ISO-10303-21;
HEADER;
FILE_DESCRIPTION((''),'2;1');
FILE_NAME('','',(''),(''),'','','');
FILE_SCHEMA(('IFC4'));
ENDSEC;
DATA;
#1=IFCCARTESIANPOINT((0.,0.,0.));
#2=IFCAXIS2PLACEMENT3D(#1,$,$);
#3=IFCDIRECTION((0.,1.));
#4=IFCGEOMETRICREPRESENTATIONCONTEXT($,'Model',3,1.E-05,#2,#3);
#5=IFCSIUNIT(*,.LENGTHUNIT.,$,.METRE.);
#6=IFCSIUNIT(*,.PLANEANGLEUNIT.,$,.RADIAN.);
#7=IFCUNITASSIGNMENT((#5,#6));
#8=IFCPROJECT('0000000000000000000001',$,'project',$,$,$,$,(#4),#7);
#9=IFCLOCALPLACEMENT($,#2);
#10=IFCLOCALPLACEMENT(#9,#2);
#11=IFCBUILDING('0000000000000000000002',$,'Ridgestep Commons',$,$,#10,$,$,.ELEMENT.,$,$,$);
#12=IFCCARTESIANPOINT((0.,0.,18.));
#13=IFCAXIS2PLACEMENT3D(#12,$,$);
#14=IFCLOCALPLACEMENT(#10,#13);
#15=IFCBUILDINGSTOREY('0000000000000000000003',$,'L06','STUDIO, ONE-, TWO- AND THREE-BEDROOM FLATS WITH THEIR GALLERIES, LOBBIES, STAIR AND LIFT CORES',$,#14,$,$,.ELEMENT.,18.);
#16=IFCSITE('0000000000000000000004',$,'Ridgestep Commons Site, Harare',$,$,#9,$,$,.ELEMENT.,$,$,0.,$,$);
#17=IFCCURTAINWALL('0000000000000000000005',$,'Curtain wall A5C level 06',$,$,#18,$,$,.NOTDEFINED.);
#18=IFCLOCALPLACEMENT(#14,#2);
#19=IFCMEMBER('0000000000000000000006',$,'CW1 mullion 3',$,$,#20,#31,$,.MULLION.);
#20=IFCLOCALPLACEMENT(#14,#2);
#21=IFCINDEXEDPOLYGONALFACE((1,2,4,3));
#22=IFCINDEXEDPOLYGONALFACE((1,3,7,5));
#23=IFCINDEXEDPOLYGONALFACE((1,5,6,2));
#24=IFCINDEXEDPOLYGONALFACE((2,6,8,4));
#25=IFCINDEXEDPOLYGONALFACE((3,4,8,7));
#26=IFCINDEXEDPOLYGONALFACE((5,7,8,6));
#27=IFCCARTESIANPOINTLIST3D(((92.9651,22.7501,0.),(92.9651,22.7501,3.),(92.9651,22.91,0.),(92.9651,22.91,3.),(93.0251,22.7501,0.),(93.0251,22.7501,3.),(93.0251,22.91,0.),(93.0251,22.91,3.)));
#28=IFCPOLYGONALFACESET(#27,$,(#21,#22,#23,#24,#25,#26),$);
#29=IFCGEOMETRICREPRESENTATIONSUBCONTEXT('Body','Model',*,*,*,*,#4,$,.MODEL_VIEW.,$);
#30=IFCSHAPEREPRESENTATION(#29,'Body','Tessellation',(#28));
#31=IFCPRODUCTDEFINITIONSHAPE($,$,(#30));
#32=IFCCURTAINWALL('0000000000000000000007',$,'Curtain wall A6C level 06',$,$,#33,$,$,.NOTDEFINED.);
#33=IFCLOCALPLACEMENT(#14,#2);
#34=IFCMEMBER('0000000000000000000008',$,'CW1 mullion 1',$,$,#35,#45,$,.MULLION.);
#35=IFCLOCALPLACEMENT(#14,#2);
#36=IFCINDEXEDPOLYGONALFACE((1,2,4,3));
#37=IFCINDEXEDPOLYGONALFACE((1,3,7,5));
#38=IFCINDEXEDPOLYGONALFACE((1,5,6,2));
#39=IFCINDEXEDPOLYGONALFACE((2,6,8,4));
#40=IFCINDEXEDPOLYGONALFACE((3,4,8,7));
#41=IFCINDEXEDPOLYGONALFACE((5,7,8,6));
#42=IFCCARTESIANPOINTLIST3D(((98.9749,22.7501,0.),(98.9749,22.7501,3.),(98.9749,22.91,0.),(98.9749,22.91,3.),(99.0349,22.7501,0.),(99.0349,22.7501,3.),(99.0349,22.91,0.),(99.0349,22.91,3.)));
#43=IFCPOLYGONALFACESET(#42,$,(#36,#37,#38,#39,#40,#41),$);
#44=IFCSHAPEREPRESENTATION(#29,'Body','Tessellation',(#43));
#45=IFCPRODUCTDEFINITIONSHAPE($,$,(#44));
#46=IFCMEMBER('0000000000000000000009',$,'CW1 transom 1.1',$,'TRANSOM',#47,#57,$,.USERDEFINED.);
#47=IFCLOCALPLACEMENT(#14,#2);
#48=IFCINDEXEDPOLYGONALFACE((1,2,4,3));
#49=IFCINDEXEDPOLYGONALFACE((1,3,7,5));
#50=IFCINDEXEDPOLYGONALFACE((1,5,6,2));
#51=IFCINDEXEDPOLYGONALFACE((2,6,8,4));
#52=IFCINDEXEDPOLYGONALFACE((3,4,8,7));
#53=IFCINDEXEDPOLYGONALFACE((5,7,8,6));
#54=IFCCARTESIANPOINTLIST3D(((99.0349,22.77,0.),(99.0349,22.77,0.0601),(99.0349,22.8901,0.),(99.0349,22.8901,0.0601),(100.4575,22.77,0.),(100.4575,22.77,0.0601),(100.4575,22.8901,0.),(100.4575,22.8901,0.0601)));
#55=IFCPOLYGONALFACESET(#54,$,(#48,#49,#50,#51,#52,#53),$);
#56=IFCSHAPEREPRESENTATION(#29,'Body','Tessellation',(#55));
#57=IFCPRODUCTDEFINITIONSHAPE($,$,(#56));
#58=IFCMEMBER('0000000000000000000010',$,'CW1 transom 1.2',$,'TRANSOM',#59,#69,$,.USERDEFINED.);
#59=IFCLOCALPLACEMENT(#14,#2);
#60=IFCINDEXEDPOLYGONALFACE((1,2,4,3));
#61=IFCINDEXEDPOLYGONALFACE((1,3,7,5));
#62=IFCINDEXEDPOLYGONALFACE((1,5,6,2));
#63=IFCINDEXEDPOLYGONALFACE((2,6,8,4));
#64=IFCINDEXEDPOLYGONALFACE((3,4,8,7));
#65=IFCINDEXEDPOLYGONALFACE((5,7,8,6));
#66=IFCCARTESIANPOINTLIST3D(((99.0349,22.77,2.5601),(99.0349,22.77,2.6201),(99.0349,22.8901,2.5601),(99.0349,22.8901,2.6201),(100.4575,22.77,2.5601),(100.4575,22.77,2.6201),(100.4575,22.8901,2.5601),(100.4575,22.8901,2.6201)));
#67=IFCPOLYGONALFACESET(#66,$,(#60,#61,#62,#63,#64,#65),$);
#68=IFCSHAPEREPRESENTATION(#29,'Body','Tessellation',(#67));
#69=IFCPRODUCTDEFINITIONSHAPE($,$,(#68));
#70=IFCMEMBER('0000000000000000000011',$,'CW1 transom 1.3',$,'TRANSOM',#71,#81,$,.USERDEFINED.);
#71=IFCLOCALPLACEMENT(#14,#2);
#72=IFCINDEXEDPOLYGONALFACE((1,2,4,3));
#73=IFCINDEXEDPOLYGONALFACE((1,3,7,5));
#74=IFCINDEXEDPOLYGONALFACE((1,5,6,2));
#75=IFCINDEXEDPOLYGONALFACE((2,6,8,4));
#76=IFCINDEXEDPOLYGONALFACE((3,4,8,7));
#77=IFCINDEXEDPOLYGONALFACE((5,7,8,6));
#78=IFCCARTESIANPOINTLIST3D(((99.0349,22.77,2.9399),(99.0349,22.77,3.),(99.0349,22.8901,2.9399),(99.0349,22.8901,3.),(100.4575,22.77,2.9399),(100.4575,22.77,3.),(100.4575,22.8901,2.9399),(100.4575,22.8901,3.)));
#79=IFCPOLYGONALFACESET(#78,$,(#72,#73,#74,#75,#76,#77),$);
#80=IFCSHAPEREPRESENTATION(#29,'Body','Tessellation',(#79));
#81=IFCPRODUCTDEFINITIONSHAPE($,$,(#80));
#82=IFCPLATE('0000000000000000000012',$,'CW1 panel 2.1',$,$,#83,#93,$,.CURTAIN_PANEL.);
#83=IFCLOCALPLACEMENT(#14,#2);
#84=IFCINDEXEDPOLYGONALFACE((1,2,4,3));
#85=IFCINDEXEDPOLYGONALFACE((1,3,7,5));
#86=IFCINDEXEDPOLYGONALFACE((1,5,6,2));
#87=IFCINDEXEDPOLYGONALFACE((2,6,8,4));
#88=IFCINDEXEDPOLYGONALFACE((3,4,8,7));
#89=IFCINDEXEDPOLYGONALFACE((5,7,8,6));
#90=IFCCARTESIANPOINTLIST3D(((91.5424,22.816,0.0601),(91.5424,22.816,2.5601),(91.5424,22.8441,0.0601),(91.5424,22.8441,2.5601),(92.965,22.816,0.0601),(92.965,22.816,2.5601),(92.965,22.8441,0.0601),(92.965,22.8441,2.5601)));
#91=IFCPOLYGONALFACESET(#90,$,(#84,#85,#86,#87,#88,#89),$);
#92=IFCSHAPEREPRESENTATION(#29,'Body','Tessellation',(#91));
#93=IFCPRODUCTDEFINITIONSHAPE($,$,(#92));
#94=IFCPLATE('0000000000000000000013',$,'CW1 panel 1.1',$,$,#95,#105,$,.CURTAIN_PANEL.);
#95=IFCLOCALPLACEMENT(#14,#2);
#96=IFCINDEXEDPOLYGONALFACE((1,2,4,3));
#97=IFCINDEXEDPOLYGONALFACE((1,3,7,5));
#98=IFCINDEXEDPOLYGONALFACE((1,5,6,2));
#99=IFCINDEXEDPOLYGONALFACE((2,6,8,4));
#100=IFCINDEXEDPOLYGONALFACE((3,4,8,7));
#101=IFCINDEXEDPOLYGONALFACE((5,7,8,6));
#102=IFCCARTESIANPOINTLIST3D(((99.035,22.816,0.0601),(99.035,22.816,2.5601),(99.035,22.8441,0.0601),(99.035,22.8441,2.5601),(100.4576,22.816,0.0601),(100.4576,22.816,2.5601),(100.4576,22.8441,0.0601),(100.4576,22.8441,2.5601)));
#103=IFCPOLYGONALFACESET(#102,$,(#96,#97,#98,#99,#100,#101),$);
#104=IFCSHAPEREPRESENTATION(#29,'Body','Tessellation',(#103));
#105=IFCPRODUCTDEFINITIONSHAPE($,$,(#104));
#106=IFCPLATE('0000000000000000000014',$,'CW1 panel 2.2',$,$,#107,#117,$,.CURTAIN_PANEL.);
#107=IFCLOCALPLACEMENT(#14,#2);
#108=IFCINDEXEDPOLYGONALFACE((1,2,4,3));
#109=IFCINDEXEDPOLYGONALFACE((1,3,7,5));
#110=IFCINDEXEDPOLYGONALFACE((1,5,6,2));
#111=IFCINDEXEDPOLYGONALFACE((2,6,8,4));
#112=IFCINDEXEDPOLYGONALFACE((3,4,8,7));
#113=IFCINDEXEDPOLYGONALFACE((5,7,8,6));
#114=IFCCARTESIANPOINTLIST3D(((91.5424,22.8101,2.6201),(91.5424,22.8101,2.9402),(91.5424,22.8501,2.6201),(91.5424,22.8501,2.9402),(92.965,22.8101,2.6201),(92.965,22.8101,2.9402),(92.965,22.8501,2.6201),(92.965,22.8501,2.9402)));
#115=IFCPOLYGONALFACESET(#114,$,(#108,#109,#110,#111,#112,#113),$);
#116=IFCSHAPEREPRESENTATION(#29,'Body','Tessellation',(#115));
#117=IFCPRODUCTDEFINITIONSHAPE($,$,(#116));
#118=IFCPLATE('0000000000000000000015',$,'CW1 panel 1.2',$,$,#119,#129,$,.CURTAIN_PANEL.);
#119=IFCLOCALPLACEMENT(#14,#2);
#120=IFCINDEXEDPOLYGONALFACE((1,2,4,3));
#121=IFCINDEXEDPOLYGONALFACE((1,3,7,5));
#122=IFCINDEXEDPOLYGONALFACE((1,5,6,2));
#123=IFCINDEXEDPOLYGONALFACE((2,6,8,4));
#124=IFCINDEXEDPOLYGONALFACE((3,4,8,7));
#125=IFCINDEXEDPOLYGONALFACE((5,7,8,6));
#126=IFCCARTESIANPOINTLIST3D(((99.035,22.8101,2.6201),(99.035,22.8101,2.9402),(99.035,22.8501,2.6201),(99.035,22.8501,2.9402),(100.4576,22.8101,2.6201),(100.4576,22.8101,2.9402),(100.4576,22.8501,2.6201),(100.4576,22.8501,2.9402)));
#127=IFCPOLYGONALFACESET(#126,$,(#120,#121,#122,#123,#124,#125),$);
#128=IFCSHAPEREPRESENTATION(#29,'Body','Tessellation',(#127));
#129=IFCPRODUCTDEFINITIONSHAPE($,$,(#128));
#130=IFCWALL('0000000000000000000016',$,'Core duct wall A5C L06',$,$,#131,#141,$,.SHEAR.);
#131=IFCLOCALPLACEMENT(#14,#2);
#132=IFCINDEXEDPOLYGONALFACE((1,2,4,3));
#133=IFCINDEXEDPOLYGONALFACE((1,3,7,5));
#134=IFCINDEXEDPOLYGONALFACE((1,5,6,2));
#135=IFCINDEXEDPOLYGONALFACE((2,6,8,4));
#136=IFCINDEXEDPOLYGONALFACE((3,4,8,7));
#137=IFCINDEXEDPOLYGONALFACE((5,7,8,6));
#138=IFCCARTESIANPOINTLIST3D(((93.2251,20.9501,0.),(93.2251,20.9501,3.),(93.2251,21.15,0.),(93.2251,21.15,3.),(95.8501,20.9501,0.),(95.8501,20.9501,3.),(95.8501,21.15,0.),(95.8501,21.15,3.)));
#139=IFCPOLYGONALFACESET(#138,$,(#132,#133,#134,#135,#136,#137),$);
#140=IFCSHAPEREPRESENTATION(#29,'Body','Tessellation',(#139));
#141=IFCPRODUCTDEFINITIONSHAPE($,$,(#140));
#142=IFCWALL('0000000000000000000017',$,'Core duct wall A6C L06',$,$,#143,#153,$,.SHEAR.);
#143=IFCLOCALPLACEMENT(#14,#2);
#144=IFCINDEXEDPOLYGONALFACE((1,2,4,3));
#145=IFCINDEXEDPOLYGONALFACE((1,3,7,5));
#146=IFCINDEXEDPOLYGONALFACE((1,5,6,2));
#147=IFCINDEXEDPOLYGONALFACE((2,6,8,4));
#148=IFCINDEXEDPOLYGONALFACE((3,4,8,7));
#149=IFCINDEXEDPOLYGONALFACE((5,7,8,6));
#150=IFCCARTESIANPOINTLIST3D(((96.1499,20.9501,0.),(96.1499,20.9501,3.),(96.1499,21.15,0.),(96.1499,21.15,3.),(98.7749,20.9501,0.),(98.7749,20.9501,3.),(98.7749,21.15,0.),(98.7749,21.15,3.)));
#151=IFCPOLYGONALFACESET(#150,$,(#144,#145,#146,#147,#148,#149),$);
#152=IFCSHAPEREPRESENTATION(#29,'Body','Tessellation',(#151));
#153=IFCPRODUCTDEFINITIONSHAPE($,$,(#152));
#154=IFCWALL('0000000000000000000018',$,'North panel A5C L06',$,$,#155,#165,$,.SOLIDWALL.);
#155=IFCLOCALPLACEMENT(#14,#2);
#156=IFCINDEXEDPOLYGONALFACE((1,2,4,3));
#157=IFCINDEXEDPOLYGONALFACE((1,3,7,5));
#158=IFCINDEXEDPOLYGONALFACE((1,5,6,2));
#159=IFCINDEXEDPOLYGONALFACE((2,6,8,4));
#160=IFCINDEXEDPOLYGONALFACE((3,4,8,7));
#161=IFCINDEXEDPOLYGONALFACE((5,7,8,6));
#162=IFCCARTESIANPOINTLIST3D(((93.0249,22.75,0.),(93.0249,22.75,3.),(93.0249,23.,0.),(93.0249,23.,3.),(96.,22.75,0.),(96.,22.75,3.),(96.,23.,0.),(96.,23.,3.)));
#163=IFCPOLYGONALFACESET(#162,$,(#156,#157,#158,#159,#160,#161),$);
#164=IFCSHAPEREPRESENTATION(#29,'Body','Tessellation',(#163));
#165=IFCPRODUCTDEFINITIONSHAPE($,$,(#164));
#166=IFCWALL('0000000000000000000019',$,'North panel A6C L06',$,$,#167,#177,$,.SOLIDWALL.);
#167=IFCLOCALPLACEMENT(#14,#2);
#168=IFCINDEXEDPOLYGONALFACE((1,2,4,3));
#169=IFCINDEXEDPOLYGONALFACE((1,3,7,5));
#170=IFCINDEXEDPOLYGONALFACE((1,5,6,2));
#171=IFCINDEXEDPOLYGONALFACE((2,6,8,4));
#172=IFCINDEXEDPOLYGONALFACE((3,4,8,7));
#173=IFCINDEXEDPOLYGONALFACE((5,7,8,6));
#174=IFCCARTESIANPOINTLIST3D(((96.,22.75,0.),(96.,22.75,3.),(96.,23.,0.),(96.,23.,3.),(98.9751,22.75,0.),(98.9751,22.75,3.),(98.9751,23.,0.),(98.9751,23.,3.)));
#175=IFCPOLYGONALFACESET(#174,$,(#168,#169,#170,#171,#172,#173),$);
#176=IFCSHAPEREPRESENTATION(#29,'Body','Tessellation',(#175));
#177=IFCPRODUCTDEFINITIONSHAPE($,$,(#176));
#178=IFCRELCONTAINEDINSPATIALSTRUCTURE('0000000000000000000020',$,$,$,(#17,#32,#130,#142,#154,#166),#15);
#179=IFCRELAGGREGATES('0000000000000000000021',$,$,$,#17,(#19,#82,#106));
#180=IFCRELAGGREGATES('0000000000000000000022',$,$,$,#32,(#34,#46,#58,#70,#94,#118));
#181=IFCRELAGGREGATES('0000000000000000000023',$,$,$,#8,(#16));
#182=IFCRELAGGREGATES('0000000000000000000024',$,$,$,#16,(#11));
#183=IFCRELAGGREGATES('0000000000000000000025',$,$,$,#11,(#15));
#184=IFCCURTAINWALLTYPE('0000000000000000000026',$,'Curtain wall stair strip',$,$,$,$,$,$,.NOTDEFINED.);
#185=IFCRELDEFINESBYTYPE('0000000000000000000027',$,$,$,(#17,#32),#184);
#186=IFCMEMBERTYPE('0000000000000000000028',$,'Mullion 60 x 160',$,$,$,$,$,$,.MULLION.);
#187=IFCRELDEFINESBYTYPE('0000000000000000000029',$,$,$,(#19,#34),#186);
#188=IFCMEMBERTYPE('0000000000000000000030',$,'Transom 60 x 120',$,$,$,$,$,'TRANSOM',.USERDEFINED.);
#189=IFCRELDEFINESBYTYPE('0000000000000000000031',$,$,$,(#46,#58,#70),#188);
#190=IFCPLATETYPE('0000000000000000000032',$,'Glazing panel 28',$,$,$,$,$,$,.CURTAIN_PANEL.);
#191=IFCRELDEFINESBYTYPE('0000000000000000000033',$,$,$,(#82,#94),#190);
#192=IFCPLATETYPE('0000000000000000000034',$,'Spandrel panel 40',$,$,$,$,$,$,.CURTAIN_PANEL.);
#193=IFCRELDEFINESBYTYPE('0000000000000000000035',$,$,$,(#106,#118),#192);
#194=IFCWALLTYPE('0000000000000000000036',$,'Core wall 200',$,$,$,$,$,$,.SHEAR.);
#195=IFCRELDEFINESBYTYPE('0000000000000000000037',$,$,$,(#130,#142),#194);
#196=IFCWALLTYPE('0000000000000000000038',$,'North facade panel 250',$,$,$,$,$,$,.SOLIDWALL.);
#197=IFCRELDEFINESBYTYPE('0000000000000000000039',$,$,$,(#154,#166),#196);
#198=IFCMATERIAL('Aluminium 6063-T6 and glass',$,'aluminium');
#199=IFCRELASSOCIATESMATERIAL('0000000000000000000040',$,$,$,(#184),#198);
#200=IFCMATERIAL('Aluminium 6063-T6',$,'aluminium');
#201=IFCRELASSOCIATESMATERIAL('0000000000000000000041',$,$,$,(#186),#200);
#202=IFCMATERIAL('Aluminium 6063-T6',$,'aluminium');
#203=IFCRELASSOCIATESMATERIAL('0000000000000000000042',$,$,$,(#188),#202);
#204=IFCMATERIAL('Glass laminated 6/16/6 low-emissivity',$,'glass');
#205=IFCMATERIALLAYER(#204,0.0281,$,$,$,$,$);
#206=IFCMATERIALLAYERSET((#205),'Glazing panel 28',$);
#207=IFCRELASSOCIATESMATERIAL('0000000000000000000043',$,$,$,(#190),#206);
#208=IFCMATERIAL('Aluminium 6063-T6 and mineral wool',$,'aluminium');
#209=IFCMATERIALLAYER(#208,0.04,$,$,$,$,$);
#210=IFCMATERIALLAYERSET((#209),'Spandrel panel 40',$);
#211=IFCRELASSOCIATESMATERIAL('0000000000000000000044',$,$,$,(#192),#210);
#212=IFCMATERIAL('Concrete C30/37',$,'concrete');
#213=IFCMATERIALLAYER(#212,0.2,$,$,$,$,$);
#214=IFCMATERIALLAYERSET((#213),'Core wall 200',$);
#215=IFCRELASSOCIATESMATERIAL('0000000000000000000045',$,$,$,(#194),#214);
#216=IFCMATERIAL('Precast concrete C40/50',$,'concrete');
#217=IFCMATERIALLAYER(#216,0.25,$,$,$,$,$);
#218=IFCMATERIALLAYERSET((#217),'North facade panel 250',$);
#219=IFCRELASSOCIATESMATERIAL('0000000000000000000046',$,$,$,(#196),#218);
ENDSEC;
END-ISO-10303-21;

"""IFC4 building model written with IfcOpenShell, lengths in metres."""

from ifc_helpers import new_model, si_unit, direction, frame, frame_2d, origin, origin_2d, place, context, subcontext, project, spatial, rectangle, extrude, material, layer, layer_set, material_profile, profile_set, type_object, element, aggregate, save


model = new_model("IFC4")

# Units and contexts
model_context = context("Model", 3, precision=1e-05, world=origin(), true_north=direction((0.0, 1.0)))
body_context = subcontext(model_context, "Body", "Model", "MODEL_VIEW")
ifc_project = project(units=[si_unit("LENGTHUNIT", "METRE"), si_unit("PLANEANGLEUNIT", "RADIAN")], contexts=[model_context])

# Site, building, storey
site_placement = place(None, origin())
site = spatial("IfcSite", under=ifc_project, at=site_placement, Name="Ridgestep Commons Site, Harare", CompositionType="ELEMENT", RefElevation=0.0)
building_placement = place(site_placement, origin())
building = spatial("IfcBuilding", under=site, at=building_placement, Name="Ridgestep Commons", CompositionType="ELEMENT")
storey_placement = place(building_placement, frame((0.0, 0.0, 18.0)))
storey = spatial("IfcBuildingStorey", under=building, at=storey_placement, Name="L06", Description="STUDIO, ONE-, TWO- AND THREE-BEDROOM FLATS WITH THEIR GALLERIES, LOBBIES, STAIR AND LIFT CORES", CompositionType="ELEMENT", Elevation=18.0)

# Curtain wall, member
ifc_material_1 = material(Name="Aluminium 6063-T6 and glass", Category="aluminium")
curtain_wall_type = type_object("IfcCurtainWallType", Name="Curtain wall stair strip", PredefinedType="NOTDEFINED", material=ifc_material_1)
curtain_wall_1_placement = place(storey_placement, origin())
curtain_wall_1 = element("IfcCurtainWall", 1, at=curtain_wall_1_placement, inside=storey, type_object=curtain_wall_type, Name="Curtain wall A5C level 06", PredefinedType="NOTDEFINED")
ifc_material_2 = material(Name="Aluminium 6063-T6", Category="aluminium")
ifc_material_profile_1 = material_profile(ifc_material_2, rectangle(XDim=0.1599, YDim=0.0601, at=origin_2d()), Name="Mullion 60 x 160")
ifc_profile_set_1 = profile_set([ifc_material_profile_1], Name="Aluminium 6063-T6")
member_type_1 = type_object("IfcMemberType", Name="Mullion 60 x 160", PredefinedType="MULLION", material=ifc_profile_set_1)
member_1_placement = place(storey_placement, frame((92.9951, 22.8301, 0.0), z_axis=(0.0, 0.0, 1.0), x_axis=(0.0, 1.0, 0.0)))
member_1 = element("IfcMember", 2, at=member_1_placement, type_object=member_type_1, Name="CW1 mullion 3", PredefinedType="MULLION", context=body_context, shape_type="SweptSolid", body=[
    extrude(rectangle(XDim=0.1599, YDim=0.0601, at=origin_2d()), origin(), (0.0, 0.0, 1.0), 3.0),
])

# Curtain wall, members
curtain_wall_2_placement = place(storey_placement, origin())
curtain_wall_2 = element("IfcCurtainWall", 3, at=curtain_wall_2_placement, inside=storey, type_object=curtain_wall_type, Name="Curtain wall A6C level 06", PredefinedType="NOTDEFINED")
member_2_placement = place(storey_placement, frame((99.0049, 22.8301, 0.0), z_axis=(0.0, 0.0, 1.0), x_axis=(0.0, 1.0, 0.0)))
member_2 = element("IfcMember", 4, at=member_2_placement, type_object=member_type_1, Name="CW1 mullion 1", PredefinedType="MULLION", context=body_context, shape_type="SweptSolid", body=[
    extrude(rectangle(XDim=0.1599, YDim=0.0601, at=origin_2d()), origin(), (0.0, 0.0, 1.0), 3.0),
])
ifc_material_3 = material(Name="Aluminium 6063-T6", Category="aluminium")
ifc_material_profile_2 = material_profile(ifc_material_3, rectangle(XDim=0.1201, YDim=0.0601, at=origin_2d()), Name="Transom 60 x 120")
ifc_profile_set_2 = profile_set([ifc_material_profile_2], Name="Aluminium 6063-T6")
member_type_2 = type_object("IfcMemberType", Name="Transom 60 x 120", ElementType="TRANSOM", PredefinedType="USERDEFINED", material=ifc_profile_set_2)
member_3_placement = place(storey_placement, frame((99.0349, 22.8301, 0.03), z_axis=(1.0, 0.0, 0.0), x_axis=(0.0, 1.0, 0.0)))
member_3 = element("IfcMember", 5, at=member_3_placement, type_object=member_type_2, Name="CW1 transom 1.1", ObjectType="TRANSOM", PredefinedType="USERDEFINED", context=body_context, shape_type="SweptSolid", body=[
    extrude(rectangle(XDim=0.1201, YDim=0.0601, at=origin_2d()), origin(), (0.0, 0.0, 1.0), 1.4226),
])
member_4_placement = place(storey_placement, frame((99.0349, 22.8301, 2.5901), z_axis=(1.0, 0.0, 0.0), x_axis=(0.0, 1.0, 0.0)))
member_4 = element("IfcMember", 6, at=member_4_placement, type_object=member_type_2, Name="CW1 transom 1.2", ObjectType="TRANSOM", PredefinedType="USERDEFINED", context=body_context, shape_type="SweptSolid", body=[
    extrude(rectangle(XDim=0.1201, YDim=0.0601, at=origin_2d()), origin(), (0.0, 0.0, 1.0), 1.4226),
])
member_5_placement = place(storey_placement, frame((99.0349, 22.8301, 2.97), z_axis=(1.0, 0.0, 0.0), x_axis=(0.0, 1.0, 0.0)))
member_5 = element("IfcMember", 7, at=member_5_placement, type_object=member_type_2, Name="CW1 transom 1.3", ObjectType="TRANSOM", PredefinedType="USERDEFINED", context=body_context, shape_type="SweptSolid", body=[
    extrude(rectangle(XDim=0.1201, YDim=0.0601, at=origin_2d()), origin(), (0.0, 0.0, 1.0), 1.4226),
])

# Plates
ifc_material_4 = material(Name="Glass laminated 6/16/6 low-emissivity", Category="glass")
ifc_layer_1 = layer(ifc_material_4, 0.0281)
ifc_layer_set_1 = layer_set([ifc_layer_1], Name="Glazing panel 28")
plate_type_1 = type_object("IfcPlateType", Name="Glazing panel 28", PredefinedType="CURTAIN_PANEL", material=ifc_layer_set_1)
plate_1_placement = place(storey_placement, frame((92.2537, 22.8301, 0.0601), z_axis=(0.0, 0.0, 1.0), x_axis=(1.0, 0.0, 0.0)))
plate_1 = element("IfcPlate", 8, at=plate_1_placement, type_object=plate_type_1, Name="CW1 panel 2.1", PredefinedType="CURTAIN_PANEL", context=body_context, shape_type="SweptSolid", body=[
    extrude(rectangle(XDim=1.4226, YDim=0.0281, at=origin_2d()), origin(), (0.0, 0.0, 1.0), 2.5),
])
plate_2_placement = place(storey_placement, frame((99.7463, 22.8301, 0.0601), z_axis=(0.0, 0.0, 1.0), x_axis=(1.0, 0.0, 0.0)))
plate_2 = element("IfcPlate", 9, at=plate_2_placement, type_object=plate_type_1, Name="CW1 panel 1.1", PredefinedType="CURTAIN_PANEL", context=body_context, shape_type="SweptSolid", body=[
    extrude(rectangle(XDim=1.4226, YDim=0.0281, at=origin_2d()), origin(), (0.0, 0.0, 1.0), 2.5),
])
ifc_material_5 = material(Name="Aluminium 6063-T6 and mineral wool", Category="aluminium")
ifc_layer_2 = layer(ifc_material_5, 0.04)
ifc_layer_set_2 = layer_set([ifc_layer_2], Name="Spandrel panel 40")
plate_type_2 = type_object("IfcPlateType", Name="Spandrel panel 40", PredefinedType="CURTAIN_PANEL", material=ifc_layer_set_2)
plate_3_placement = place(storey_placement, frame((92.2537, 22.8301, 2.6201), z_axis=(0.0, 0.0, 1.0), x_axis=(1.0, 0.0, 0.0)))
plate_3 = element("IfcPlate", 10, at=plate_3_placement, type_object=plate_type_2, Name="CW1 panel 2.2", PredefinedType="CURTAIN_PANEL", context=body_context, shape_type="SweptSolid", body=[
    extrude(rectangle(XDim=1.4226, YDim=0.04, at=origin_2d()), origin(), (0.0, 0.0, 1.0), 0.3201),
])
aggregate(curtain_wall_1, [member_1, plate_1, plate_3])
plate_4_placement = place(storey_placement, frame((99.7463, 22.8301, 2.6201), z_axis=(0.0, 0.0, 1.0), x_axis=(1.0, 0.0, 0.0)))
plate_4 = element("IfcPlate", 11, at=plate_4_placement, type_object=plate_type_2, Name="CW1 panel 1.2", PredefinedType="CURTAIN_PANEL", context=body_context, shape_type="SweptSolid", body=[
    extrude(rectangle(XDim=1.4226, YDim=0.04, at=origin_2d()), origin(), (0.0, 0.0, 1.0), 0.3201),
])
aggregate(curtain_wall_2, [member_2, member_3, member_4, member_5, plate_2, plate_4])

# Walls
ifc_material_6 = material(Name="Concrete C30/37", Category="concrete")
ifc_layer_3 = layer(ifc_material_6, 0.2)
ifc_layer_set_3 = layer_set([ifc_layer_3], Name="Core wall 200")
wall_type_1 = type_object("IfcWallType", Name="Core wall 200", PredefinedType="SHEAR", material=ifc_layer_set_3)
for number, where, z_axis, x_axis, name in (
    (12, (93.2251, 21.05, 0.0), (0.0, 0.0, 1.0), (1.0, 0.0, 0.0), "Core duct wall A5C L06"),
    (13, (96.1499, 21.05, 0.0), (0.0, 0.0, 1.0), (1.0, 0.0, 0.0), "Core duct wall A6C L06"),
):
    element("IfcWall", number, at=place(storey_placement, frame(where, z_axis=z_axis, x_axis=x_axis)), inside=storey, type_object=wall_type_1, Name=name, PredefinedType="SHEAR", context=body_context, shape_type="SweptSolid", body=[
        extrude(rectangle(XDim=2.625, YDim=0.2, at=frame_2d((1.3125, 0.0))), origin(), (0.0, 0.0, 1.0), 3.0),
    ])
ifc_material_7 = material(Name="Precast concrete C40/50", Category="concrete")
ifc_layer_4 = layer(ifc_material_7, 0.25)
ifc_layer_set_4 = layer_set([ifc_layer_4], Name="North facade panel 250")
wall_type_2 = type_object("IfcWallType", Name="North facade panel 250", PredefinedType="SOLIDWALL", material=ifc_layer_set_4)
for number, where, z_axis, x_axis, name in (
    (14, (93.0249, 22.875, 0.0), (0.0, 0.0, 1.0), (1.0, 0.0, 0.0), "North panel A5C L06"),
    (15, (96.0, 22.875, 0.0), (0.0, 0.0, 1.0), (1.0, 0.0, 0.0), "North panel A6C L06"),
):
    element("IfcWall", number, at=place(storey_placement, frame(where, z_axis=z_axis, x_axis=x_axis)), inside=storey, type_object=wall_type_2, Name=name, PredefinedType="SOLIDWALL", context=body_context, shape_type="SweptSolid", body=[
        extrude(rectangle(XDim=2.9751, YDim=0.25, at=frame_2d((1.4875, 0.0))), origin(), (0.0, 0.0, 1.0), 3.0),
    ])

save(model, "model.ifc")
